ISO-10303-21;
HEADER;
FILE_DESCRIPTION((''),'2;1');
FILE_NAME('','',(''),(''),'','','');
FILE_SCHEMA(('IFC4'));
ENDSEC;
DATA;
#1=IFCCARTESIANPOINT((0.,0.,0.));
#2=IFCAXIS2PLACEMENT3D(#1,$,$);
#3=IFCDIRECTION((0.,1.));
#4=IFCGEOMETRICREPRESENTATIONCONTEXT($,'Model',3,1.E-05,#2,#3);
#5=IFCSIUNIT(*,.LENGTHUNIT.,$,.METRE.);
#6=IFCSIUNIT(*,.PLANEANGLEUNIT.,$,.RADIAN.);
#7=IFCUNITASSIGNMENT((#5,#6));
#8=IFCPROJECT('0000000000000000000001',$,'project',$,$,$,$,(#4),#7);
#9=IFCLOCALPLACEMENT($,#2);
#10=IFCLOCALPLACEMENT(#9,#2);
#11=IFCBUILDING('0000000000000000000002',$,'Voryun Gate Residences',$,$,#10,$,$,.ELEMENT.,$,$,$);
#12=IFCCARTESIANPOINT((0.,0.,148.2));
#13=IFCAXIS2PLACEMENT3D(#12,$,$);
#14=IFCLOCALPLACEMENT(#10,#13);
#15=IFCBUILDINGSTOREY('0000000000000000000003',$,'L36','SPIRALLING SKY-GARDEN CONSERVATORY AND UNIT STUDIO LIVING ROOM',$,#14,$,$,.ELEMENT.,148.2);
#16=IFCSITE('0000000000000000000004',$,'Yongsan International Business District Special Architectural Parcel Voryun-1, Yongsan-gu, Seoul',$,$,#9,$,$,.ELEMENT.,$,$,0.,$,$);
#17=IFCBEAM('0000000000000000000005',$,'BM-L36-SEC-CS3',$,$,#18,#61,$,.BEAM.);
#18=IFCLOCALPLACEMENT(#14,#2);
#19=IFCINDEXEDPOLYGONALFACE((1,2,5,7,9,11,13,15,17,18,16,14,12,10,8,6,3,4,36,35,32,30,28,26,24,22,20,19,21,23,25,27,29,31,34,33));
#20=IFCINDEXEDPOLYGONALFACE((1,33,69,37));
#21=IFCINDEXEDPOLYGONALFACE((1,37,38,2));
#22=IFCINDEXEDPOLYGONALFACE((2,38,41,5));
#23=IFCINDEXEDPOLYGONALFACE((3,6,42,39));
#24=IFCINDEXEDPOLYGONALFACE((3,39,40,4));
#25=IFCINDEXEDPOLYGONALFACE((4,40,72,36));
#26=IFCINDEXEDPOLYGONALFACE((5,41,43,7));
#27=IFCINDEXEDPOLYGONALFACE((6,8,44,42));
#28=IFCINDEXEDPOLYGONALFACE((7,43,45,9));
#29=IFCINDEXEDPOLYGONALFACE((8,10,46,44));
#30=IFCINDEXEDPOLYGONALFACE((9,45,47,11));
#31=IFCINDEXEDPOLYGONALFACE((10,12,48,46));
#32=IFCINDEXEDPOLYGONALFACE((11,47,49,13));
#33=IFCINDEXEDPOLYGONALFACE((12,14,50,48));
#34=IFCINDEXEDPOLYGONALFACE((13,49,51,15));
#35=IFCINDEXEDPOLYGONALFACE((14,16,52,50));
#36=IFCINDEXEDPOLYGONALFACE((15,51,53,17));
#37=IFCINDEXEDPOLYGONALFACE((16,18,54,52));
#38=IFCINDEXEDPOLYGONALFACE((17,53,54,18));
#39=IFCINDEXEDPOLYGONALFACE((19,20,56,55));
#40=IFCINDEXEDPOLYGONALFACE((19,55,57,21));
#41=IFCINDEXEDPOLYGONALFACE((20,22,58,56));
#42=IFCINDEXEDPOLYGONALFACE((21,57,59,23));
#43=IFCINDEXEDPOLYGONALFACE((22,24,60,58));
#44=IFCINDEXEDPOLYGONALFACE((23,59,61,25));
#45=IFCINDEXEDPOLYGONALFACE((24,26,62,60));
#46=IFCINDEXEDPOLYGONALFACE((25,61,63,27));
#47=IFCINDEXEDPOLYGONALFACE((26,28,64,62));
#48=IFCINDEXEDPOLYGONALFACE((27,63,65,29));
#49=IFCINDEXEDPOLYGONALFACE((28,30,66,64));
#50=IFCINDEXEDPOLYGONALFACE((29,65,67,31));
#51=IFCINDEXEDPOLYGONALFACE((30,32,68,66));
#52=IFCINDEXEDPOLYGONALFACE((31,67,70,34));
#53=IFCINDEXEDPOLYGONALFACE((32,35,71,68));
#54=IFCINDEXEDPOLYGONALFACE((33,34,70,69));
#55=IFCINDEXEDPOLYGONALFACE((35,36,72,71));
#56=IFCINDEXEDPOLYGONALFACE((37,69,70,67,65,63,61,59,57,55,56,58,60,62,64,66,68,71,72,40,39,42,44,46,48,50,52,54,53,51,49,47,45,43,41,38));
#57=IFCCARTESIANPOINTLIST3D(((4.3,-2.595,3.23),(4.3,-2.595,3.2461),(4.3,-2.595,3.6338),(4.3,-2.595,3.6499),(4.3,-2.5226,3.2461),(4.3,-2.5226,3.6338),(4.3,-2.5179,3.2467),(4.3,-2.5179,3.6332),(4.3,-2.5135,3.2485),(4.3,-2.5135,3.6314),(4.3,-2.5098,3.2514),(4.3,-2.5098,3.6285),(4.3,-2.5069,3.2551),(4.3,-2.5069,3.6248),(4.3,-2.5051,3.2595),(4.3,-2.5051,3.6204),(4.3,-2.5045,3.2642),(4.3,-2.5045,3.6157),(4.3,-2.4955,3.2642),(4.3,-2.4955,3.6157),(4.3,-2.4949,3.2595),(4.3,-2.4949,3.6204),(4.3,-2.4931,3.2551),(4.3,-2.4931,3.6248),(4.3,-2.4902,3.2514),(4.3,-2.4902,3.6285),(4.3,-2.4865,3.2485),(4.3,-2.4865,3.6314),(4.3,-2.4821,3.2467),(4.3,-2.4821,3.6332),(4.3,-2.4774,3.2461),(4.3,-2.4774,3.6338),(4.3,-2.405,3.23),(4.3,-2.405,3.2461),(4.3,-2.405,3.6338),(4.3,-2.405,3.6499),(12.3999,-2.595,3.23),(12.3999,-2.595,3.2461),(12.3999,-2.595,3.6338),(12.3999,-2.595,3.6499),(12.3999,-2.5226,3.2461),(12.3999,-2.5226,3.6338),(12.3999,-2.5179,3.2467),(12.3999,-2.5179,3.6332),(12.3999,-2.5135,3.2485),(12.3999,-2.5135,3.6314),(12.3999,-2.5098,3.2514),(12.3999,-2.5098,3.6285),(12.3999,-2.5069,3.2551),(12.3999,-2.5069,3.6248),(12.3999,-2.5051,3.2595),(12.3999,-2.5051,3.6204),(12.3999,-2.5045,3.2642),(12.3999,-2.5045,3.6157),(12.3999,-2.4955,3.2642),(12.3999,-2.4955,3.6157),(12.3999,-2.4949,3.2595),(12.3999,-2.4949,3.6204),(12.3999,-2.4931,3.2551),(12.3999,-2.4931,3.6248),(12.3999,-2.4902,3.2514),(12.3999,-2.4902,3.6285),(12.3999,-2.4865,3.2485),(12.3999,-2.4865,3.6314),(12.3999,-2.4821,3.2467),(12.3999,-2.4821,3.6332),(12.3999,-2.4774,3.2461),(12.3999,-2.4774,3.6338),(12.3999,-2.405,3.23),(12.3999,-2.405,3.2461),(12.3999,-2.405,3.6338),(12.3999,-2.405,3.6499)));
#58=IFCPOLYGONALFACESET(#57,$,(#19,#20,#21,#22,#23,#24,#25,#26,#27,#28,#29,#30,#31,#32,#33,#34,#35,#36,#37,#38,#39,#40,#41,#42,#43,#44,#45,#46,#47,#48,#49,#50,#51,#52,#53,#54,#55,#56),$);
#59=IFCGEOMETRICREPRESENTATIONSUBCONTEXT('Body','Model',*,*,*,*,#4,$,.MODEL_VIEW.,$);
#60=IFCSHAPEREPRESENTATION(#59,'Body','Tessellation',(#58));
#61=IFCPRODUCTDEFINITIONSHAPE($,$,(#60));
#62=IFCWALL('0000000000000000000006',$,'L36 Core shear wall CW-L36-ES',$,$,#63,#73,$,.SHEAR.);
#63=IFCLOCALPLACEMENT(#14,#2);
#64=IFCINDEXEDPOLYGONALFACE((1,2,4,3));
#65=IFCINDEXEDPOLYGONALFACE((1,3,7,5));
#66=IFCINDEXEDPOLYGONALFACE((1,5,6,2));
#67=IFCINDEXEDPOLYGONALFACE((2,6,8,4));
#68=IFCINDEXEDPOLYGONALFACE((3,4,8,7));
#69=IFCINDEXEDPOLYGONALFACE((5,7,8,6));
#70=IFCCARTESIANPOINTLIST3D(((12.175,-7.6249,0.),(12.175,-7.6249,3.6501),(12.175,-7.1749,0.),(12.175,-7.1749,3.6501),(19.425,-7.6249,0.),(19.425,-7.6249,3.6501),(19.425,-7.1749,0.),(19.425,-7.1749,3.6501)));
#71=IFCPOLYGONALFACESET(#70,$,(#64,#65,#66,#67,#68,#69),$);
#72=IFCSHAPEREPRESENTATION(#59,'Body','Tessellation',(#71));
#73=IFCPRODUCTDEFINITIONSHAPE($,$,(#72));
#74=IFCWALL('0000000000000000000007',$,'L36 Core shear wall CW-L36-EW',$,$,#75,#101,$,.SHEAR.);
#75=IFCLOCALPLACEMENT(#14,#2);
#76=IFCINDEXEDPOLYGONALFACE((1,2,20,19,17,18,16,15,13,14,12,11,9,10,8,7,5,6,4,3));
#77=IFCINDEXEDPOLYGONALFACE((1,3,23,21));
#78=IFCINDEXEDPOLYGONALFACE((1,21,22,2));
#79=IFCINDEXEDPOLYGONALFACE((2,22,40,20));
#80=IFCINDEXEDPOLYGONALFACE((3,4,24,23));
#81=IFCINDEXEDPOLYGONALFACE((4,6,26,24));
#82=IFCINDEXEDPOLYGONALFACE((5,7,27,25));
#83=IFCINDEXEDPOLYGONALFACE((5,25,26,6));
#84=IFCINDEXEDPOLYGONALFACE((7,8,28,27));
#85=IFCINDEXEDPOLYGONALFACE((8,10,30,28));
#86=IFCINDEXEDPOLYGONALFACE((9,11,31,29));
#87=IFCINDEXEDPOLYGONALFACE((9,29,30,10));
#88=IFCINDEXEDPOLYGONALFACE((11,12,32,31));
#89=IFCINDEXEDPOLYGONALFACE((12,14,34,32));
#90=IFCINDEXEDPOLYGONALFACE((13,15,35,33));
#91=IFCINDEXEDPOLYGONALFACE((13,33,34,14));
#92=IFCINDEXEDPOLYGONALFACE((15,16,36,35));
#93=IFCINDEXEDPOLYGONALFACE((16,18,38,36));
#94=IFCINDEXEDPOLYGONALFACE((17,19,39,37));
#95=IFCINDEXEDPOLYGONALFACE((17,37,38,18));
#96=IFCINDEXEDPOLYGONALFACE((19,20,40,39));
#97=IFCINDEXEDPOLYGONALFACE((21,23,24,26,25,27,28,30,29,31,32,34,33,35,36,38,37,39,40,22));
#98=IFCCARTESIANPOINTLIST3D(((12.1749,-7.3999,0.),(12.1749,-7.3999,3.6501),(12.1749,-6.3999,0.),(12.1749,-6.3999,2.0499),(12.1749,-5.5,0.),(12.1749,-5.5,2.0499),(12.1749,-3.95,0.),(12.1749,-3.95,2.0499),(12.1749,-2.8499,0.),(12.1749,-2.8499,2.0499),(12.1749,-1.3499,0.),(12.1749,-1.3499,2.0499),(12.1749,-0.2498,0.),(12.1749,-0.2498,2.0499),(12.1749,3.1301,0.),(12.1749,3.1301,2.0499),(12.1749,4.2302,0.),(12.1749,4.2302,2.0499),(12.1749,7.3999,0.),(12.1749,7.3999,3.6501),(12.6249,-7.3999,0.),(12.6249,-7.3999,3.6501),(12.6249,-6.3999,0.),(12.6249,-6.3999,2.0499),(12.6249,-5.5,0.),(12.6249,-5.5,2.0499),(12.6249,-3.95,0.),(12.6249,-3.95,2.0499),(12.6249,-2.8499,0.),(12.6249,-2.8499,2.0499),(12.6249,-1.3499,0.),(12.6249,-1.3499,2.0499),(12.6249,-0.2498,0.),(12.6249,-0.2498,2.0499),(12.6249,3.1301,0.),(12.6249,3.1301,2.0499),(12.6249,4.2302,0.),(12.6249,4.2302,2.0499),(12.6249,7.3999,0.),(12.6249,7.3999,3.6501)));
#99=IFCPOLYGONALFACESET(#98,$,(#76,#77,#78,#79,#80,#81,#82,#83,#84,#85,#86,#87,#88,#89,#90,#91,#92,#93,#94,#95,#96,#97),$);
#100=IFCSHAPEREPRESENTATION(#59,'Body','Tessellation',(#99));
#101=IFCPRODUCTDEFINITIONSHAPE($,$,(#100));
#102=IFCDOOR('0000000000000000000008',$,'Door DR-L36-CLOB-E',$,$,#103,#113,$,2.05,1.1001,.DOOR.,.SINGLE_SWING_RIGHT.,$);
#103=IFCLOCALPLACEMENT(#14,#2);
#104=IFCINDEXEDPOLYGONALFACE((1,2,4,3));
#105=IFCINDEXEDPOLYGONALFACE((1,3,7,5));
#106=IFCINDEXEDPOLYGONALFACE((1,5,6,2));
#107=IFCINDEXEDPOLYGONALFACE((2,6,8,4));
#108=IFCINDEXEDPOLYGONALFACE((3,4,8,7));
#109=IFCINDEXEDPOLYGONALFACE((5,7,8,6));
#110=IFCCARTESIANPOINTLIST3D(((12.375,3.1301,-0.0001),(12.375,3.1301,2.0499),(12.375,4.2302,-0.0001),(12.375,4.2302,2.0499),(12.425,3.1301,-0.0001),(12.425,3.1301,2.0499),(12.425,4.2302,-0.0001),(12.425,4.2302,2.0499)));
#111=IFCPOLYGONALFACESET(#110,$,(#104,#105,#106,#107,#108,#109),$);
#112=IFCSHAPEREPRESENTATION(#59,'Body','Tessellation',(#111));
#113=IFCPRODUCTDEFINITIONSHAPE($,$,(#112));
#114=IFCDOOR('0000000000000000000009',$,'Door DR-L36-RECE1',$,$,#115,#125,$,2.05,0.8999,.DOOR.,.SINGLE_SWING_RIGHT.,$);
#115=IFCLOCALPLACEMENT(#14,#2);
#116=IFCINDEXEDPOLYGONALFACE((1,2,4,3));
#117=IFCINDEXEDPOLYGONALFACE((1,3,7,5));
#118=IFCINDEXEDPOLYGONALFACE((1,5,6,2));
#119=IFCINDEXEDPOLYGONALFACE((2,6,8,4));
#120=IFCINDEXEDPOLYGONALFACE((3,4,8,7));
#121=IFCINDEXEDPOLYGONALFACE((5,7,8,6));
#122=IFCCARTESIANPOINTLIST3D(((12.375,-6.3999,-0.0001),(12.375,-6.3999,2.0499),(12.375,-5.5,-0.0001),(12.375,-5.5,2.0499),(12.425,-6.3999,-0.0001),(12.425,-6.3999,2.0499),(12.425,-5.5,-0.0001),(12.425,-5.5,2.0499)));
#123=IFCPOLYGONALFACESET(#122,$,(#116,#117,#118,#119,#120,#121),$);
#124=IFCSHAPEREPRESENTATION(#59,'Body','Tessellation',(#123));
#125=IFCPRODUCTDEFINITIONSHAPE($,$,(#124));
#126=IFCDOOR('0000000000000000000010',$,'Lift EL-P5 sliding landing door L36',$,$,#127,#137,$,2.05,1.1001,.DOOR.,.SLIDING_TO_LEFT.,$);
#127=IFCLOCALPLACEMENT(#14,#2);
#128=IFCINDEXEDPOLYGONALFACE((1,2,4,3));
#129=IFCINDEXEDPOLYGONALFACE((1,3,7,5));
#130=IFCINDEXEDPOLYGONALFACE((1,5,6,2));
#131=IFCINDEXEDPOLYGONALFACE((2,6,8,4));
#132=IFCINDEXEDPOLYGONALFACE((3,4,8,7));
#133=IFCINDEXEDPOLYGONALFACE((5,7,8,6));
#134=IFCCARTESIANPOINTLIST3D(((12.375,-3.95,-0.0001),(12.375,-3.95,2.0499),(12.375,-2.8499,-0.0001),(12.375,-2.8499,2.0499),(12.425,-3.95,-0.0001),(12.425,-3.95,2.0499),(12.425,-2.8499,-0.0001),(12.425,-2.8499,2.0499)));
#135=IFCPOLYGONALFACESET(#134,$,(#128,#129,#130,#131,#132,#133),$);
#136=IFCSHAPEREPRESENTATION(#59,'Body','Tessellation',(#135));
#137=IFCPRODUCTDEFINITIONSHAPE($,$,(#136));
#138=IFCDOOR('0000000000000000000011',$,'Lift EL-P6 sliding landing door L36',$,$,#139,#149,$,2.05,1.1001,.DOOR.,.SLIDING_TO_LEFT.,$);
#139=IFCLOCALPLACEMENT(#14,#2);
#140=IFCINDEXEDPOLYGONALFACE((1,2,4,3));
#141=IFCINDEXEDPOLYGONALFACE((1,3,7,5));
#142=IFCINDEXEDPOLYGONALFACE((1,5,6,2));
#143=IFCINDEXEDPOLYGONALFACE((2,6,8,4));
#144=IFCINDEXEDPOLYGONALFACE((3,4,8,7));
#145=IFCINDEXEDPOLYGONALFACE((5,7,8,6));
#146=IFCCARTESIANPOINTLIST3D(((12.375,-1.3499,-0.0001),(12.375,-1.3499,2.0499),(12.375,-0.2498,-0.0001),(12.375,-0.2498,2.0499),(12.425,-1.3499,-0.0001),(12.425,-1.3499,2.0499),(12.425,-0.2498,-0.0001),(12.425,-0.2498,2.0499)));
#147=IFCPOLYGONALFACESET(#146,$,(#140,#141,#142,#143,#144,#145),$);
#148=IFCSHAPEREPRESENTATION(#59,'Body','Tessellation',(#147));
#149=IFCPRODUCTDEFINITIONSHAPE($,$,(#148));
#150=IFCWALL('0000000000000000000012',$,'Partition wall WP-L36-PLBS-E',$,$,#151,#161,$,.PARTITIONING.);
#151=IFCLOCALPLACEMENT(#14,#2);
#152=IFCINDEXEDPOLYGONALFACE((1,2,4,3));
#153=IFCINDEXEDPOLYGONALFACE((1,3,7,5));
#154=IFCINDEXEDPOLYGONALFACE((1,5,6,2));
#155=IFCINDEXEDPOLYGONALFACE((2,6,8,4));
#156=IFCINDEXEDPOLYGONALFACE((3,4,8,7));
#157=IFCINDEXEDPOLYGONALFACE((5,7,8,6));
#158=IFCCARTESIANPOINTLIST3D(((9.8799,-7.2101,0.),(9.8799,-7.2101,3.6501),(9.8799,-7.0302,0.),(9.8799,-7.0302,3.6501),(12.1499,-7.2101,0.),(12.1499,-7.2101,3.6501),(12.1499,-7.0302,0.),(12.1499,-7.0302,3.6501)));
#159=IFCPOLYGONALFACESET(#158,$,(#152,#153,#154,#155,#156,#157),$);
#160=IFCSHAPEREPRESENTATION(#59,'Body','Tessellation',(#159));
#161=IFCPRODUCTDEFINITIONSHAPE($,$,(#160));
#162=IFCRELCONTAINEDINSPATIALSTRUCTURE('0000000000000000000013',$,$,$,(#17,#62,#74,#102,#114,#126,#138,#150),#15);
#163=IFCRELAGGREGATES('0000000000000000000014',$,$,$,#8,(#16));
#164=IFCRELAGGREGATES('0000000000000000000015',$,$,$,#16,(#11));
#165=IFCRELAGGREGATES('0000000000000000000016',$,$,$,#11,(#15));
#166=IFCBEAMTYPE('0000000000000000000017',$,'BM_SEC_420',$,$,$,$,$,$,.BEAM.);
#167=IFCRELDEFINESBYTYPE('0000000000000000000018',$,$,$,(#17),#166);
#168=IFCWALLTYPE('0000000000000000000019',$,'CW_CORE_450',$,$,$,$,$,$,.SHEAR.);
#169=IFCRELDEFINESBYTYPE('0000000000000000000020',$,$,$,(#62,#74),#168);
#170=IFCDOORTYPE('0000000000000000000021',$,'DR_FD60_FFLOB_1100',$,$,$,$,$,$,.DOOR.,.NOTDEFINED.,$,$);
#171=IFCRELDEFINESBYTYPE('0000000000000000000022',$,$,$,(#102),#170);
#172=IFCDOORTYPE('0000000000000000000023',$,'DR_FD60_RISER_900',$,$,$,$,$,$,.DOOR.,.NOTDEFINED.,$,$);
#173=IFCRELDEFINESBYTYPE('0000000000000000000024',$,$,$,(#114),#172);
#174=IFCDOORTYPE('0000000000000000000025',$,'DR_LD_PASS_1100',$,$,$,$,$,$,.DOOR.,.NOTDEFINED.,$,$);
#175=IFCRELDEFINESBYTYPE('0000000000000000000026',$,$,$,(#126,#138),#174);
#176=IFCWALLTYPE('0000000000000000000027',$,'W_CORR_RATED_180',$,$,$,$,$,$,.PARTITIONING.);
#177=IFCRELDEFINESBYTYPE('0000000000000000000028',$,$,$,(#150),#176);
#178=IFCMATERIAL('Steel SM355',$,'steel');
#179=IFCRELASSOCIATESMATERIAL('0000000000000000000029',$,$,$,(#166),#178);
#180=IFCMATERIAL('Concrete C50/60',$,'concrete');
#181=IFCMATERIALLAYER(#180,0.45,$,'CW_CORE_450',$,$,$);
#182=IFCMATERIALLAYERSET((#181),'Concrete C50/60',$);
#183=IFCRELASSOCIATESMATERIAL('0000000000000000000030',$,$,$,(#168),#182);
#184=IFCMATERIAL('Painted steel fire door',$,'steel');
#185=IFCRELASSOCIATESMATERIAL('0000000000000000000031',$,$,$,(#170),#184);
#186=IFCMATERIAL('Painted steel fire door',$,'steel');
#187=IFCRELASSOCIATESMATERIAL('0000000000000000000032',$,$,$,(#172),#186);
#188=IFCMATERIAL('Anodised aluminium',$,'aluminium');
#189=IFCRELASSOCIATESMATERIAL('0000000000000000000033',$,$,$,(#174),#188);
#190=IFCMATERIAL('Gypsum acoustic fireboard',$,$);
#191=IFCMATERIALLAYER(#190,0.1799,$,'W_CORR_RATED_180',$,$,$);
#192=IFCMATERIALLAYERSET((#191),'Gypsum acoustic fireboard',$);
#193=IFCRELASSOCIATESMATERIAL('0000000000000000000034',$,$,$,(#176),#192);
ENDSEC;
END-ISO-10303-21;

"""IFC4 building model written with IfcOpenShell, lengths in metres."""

from ifc_helpers import new_model, si_unit, direction, frame, frame_2d, origin, origin_2d, place, context, subcontext, project, spatial, rectangle, i_section, extrude, material, layer, layer_set, material_profile, profile_set, type_object, element, fill, save


model = new_model("IFC4")

# Units and contexts
model_context = context("Model", 3, precision=1e-05, world=origin(), true_north=direction((0.0, 1.0)))
body_context = subcontext(model_context, "Body", "Model", "MODEL_VIEW")
ifc_project = project(units=[si_unit("LENGTHUNIT", "METRE"), si_unit("PLANEANGLEUNIT", "RADIAN")], contexts=[model_context])

# Site, building, storey
site_placement = place(None, origin())
site = spatial("IfcSite", under=ifc_project, at=site_placement, Name="Yongsan International Business District Special Architectural Parcel Voryun-1, Yongsan-gu, Seoul", CompositionType="ELEMENT", RefElevation=0.0)
building_placement = place(site_placement, origin())
building = spatial("IfcBuilding", under=site, at=building_placement, Name="Voryun Gate Residences", CompositionType="ELEMENT")
storey_placement = place(building_placement, frame((0.0, 0.0, 148.2)))
storey = spatial("IfcBuildingStorey", under=building, at=storey_placement, Name="L36", Description="SPIRALLING SKY-GARDEN CONSERVATORY AND UNIT STUDIO LIVING ROOM", CompositionType="ELEMENT", Elevation=148.2)

# Beam
ifc_material_1 = material(Name="Steel SM355", Category="steel")
ifc_material_profile_1 = material_profile(ifc_material_1, i_section(OverallWidth=0.1899, OverallDepth=0.4199, WebThickness=0.009, FlangeThickness=0.0161, FilletRadius=0.0181, at=origin_2d()), Name="H-420x190x9x16")
ifc_profile_set_1 = profile_set([ifc_material_profile_1], Name="Steel SM355")
beam_type_1 = type_object("IfcBeamType", Name="BM_SEC_420", PredefinedType="BEAM", material=ifc_profile_set_1)
beam_1_placement = place(storey_placement, frame((4.3, -2.5, 3.4399), z_axis=(1.0, 0.0, 0.0), x_axis=(0.0, 1.0, 0.0)))
element("IfcBeam", 1, at=beam_1_placement, inside=storey, type_object=beam_type_1, Name="BM-L36-SEC-CS3", PredefinedType="BEAM", context=body_context, shape_type="SweptSolid", body=[
    extrude(i_section(OverallWidth=0.1899, OverallDepth=0.4199, WebThickness=0.009, FlangeThickness=0.0161, FilletRadius=0.0181, at=origin_2d()), origin(), (0.0, 0.0, 1.0), 8.0999),
])

# Wall
ifc_material_2 = material(Name="Concrete C50/60", Category="concrete")
ifc_layer_1 = layer(ifc_material_2, 0.45, Name="CW_CORE_450")
ifc_layer_set_1 = layer_set([ifc_layer_1], Name="Concrete C50/60")
wall_type_1 = type_object("IfcWallType", Name="CW_CORE_450", PredefinedType="SHEAR", material=ifc_layer_set_1)
wall_1_placement = place(storey_placement, frame((12.175, -7.3999, 0.0), z_axis=(0.0, 0.0, 1.0), x_axis=(1.0, 0.0, 0.0)))
element("IfcWall", 2, at=wall_1_placement, inside=storey, type_object=wall_type_1, Name="L36 Core shear wall CW-L36-ES", PredefinedType="SHEAR", context=body_context, shape_type="SweptSolid", body=[
    extrude(rectangle(XDim=7.25, YDim=0.45, at=frame_2d((3.625, 0.0))), origin(), (0.0, 0.0, 1.0), 3.6501),
])

# Wall, openings, doors
wall_2_placement = place(storey_placement, frame((12.3999, -7.3999, 0.0), z_axis=(0.0, 0.0, 1.0), x_axis=(0.0, 1.0, 0.0)))
wall_2 = element("IfcWall", 3, at=wall_2_placement, inside=storey, type_object=wall_type_1, Name="L36 Core shear wall CW-L36-EW", PredefinedType="SHEAR", context=body_context, shape_type="SweptSolid", body=[
    extrude(rectangle(XDim=14.7998, YDim=0.45, at=frame_2d((7.3999, 0.0))), origin(), (0.0, 0.0, 1.0), 3.6501),
])
opening_1_placement = place(wall_2_placement, frame((3.45, 0.0, 0.0)))
opening_1 = element("IfcOpeningElement", 4, at=opening_1_placement, cuts=wall_2, PredefinedType="OPENING", context=body_context, shape_type="SweptSolid", body=[
    extrude(rectangle(XDim=1.1001, YDim=2.05, at=frame_2d((0.55, 1.0249))), frame((0.0, 0.2351, 0.0), z_axis=(0.0, -1.0, 0.0), x_axis=(1.0, 0.0, 0.0)), (0.0, 0.0, 1.0), 0.47),
])
opening_2_placement = place(wall_2_placement, frame((6.05, 0.0, 0.0)))
opening_2 = element("IfcOpeningElement", 5, at=opening_2_placement, cuts=wall_2, PredefinedType="OPENING", context=body_context, shape_type="SweptSolid", body=[
    extrude(rectangle(XDim=1.1001, YDim=2.05, at=frame_2d((0.55, 1.0249))), frame((0.0, 0.2351, 0.0), z_axis=(0.0, -1.0, 0.0), x_axis=(1.0, 0.0, 0.0)), (0.0, 0.0, 1.0), 0.47),
])
opening_3_placement = place(wall_2_placement, frame((10.53, 0.0, 0.0)))
opening_3 = element("IfcOpeningElement", 6, at=opening_3_placement, cuts=wall_2, PredefinedType="OPENING", context=body_context, shape_type="SweptSolid", body=[
    extrude(rectangle(XDim=1.1001, YDim=2.05, at=frame_2d((0.55, 1.0249))), frame((0.0, 0.2351, 0.0), z_axis=(0.0, -1.0, 0.0), x_axis=(1.0, 0.0, 0.0)), (0.0, 0.0, 1.0), 0.47),
])
opening_4_placement = place(wall_2_placement, frame((1.0, 0.0, 0.0)))
opening_4 = element("IfcOpeningElement", 7, at=opening_4_placement, cuts=wall_2, PredefinedType="OPENING", context=body_context, shape_type="SweptSolid", body=[
    extrude(rectangle(XDim=0.8999, YDim=2.05, at=frame_2d((0.45, 1.0249))), frame((0.0, 0.2351, 0.0), z_axis=(0.0, -1.0, 0.0), x_axis=(1.0, 0.0, 0.0)), (0.0, 0.0, 1.0), 0.47),
])
ifc_material_3 = material(Name="Painted steel fire door", Category="steel")
door_type_1 = type_object("IfcDoorType", Name="DR_FD60_FFLOB_1100", OperationType="NOTDEFINED", PredefinedType="DOOR", material=ifc_material_3)
door_1_placement = place(opening_3_placement, origin())
door_1 = element("IfcDoor", 8, at=door_1_placement, inside=storey, type_object=door_type_1, Name="Door DR-L36-CLOB-E", OperationType="SINGLE_SWING_RIGHT", OverallHeight=2.05, OverallWidth=1.1001, PredefinedType="DOOR", context=body_context, shape_type="SweptSolid", body=[
    extrude(rectangle(XDim=1.1001, YDim=2.05, at=frame_2d((0.55, 1.0249))), frame((0.0, 0.0249, 0.0), z_axis=(0.0, -1.0, 0.0), x_axis=(1.0, 0.0, 0.0)), (0.0, 0.0, 1.0), 0.05),
])
fill(opening_3, door_1)
ifc_material_4 = material(Name="Painted steel fire door", Category="steel")
door_type_2 = type_object("IfcDoorType", Name="DR_FD60_RISER_900", OperationType="NOTDEFINED", PredefinedType="DOOR", material=ifc_material_4)
door_2_placement = place(opening_4_placement, origin())
door_2 = element("IfcDoor", 9, at=door_2_placement, inside=storey, type_object=door_type_2, Name="Door DR-L36-RECE1", OperationType="SINGLE_SWING_RIGHT", OverallHeight=2.05, OverallWidth=0.8999, PredefinedType="DOOR", context=body_context, shape_type="SweptSolid", body=[
    extrude(rectangle(XDim=0.8999, YDim=2.05, at=frame_2d((0.45, 1.0249))), frame((0.0, 0.0249, 0.0), z_axis=(0.0, -1.0, 0.0), x_axis=(1.0, 0.0, 0.0)), (0.0, 0.0, 1.0), 0.05),
])
fill(opening_4, door_2)
ifc_material_5 = material(Name="Anodised aluminium", Category="aluminium")
door_type_3 = type_object("IfcDoorType", Name="DR_LD_PASS_1100", OperationType="NOTDEFINED", PredefinedType="DOOR", material=ifc_material_5)
door_3_placement = place(opening_1_placement, origin())
door_3 = element("IfcDoor", 10, at=door_3_placement, inside=storey, type_object=door_type_3, Name="Lift EL-P5 sliding landing door L36", OperationType="SLIDING_TO_LEFT", OverallHeight=2.05, OverallWidth=1.1001, PredefinedType="DOOR", context=body_context, shape_type="SweptSolid", body=[
    extrude(rectangle(XDim=1.1001, YDim=2.05, at=frame_2d((0.55, 1.0249))), frame((0.0, 0.0249, 0.0), z_axis=(0.0, -1.0, 0.0), x_axis=(1.0, 0.0, 0.0)), (0.0, 0.0, 1.0), 0.05),
])
fill(opening_1, door_3)
door_4_placement = place(opening_2_placement, origin())
door_4 = element("IfcDoor", 11, at=door_4_placement, inside=storey, type_object=door_type_3, Name="Lift EL-P6 sliding landing door L36", OperationType="SLIDING_TO_LEFT", OverallHeight=2.05, OverallWidth=1.1001, PredefinedType="DOOR", context=body_context, shape_type="SweptSolid", body=[
    extrude(rectangle(XDim=1.1001, YDim=2.05, at=frame_2d((0.55, 1.0249))), frame((0.0, 0.0249, 0.0), z_axis=(0.0, -1.0, 0.0), x_axis=(1.0, 0.0, 0.0)), (0.0, 0.0, 1.0), 0.05),
])
fill(opening_2, door_4)

# Wall
ifc_material_6 = material(Name="Gypsum acoustic fireboard")
ifc_layer_2 = layer(ifc_material_6, 0.1799, Name="W_CORR_RATED_180")
ifc_layer_set_2 = layer_set([ifc_layer_2], Name="Gypsum acoustic fireboard")
wall_type_2 = type_object("IfcWallType", Name="W_CORR_RATED_180", PredefinedType="PARTITIONING", material=ifc_layer_set_2)
wall_3_placement = place(storey_placement, frame((9.8799, -7.1201, 0.0), z_axis=(0.0, 0.0, 1.0), x_axis=(1.0, 0.0, 0.0)))
element("IfcWall", 12, at=wall_3_placement, inside=storey, type_object=wall_type_2, Name="Partition wall WP-L36-PLBS-E", PredefinedType="PARTITIONING", context=body_context, shape_type="SweptSolid", body=[
    extrude(rectangle(XDim=2.27, YDim=0.1799, at=frame_2d((1.135, 0.0))), origin(), (0.0, 0.0, 1.0), 3.6501),
])

save(model, "model.ifc")
